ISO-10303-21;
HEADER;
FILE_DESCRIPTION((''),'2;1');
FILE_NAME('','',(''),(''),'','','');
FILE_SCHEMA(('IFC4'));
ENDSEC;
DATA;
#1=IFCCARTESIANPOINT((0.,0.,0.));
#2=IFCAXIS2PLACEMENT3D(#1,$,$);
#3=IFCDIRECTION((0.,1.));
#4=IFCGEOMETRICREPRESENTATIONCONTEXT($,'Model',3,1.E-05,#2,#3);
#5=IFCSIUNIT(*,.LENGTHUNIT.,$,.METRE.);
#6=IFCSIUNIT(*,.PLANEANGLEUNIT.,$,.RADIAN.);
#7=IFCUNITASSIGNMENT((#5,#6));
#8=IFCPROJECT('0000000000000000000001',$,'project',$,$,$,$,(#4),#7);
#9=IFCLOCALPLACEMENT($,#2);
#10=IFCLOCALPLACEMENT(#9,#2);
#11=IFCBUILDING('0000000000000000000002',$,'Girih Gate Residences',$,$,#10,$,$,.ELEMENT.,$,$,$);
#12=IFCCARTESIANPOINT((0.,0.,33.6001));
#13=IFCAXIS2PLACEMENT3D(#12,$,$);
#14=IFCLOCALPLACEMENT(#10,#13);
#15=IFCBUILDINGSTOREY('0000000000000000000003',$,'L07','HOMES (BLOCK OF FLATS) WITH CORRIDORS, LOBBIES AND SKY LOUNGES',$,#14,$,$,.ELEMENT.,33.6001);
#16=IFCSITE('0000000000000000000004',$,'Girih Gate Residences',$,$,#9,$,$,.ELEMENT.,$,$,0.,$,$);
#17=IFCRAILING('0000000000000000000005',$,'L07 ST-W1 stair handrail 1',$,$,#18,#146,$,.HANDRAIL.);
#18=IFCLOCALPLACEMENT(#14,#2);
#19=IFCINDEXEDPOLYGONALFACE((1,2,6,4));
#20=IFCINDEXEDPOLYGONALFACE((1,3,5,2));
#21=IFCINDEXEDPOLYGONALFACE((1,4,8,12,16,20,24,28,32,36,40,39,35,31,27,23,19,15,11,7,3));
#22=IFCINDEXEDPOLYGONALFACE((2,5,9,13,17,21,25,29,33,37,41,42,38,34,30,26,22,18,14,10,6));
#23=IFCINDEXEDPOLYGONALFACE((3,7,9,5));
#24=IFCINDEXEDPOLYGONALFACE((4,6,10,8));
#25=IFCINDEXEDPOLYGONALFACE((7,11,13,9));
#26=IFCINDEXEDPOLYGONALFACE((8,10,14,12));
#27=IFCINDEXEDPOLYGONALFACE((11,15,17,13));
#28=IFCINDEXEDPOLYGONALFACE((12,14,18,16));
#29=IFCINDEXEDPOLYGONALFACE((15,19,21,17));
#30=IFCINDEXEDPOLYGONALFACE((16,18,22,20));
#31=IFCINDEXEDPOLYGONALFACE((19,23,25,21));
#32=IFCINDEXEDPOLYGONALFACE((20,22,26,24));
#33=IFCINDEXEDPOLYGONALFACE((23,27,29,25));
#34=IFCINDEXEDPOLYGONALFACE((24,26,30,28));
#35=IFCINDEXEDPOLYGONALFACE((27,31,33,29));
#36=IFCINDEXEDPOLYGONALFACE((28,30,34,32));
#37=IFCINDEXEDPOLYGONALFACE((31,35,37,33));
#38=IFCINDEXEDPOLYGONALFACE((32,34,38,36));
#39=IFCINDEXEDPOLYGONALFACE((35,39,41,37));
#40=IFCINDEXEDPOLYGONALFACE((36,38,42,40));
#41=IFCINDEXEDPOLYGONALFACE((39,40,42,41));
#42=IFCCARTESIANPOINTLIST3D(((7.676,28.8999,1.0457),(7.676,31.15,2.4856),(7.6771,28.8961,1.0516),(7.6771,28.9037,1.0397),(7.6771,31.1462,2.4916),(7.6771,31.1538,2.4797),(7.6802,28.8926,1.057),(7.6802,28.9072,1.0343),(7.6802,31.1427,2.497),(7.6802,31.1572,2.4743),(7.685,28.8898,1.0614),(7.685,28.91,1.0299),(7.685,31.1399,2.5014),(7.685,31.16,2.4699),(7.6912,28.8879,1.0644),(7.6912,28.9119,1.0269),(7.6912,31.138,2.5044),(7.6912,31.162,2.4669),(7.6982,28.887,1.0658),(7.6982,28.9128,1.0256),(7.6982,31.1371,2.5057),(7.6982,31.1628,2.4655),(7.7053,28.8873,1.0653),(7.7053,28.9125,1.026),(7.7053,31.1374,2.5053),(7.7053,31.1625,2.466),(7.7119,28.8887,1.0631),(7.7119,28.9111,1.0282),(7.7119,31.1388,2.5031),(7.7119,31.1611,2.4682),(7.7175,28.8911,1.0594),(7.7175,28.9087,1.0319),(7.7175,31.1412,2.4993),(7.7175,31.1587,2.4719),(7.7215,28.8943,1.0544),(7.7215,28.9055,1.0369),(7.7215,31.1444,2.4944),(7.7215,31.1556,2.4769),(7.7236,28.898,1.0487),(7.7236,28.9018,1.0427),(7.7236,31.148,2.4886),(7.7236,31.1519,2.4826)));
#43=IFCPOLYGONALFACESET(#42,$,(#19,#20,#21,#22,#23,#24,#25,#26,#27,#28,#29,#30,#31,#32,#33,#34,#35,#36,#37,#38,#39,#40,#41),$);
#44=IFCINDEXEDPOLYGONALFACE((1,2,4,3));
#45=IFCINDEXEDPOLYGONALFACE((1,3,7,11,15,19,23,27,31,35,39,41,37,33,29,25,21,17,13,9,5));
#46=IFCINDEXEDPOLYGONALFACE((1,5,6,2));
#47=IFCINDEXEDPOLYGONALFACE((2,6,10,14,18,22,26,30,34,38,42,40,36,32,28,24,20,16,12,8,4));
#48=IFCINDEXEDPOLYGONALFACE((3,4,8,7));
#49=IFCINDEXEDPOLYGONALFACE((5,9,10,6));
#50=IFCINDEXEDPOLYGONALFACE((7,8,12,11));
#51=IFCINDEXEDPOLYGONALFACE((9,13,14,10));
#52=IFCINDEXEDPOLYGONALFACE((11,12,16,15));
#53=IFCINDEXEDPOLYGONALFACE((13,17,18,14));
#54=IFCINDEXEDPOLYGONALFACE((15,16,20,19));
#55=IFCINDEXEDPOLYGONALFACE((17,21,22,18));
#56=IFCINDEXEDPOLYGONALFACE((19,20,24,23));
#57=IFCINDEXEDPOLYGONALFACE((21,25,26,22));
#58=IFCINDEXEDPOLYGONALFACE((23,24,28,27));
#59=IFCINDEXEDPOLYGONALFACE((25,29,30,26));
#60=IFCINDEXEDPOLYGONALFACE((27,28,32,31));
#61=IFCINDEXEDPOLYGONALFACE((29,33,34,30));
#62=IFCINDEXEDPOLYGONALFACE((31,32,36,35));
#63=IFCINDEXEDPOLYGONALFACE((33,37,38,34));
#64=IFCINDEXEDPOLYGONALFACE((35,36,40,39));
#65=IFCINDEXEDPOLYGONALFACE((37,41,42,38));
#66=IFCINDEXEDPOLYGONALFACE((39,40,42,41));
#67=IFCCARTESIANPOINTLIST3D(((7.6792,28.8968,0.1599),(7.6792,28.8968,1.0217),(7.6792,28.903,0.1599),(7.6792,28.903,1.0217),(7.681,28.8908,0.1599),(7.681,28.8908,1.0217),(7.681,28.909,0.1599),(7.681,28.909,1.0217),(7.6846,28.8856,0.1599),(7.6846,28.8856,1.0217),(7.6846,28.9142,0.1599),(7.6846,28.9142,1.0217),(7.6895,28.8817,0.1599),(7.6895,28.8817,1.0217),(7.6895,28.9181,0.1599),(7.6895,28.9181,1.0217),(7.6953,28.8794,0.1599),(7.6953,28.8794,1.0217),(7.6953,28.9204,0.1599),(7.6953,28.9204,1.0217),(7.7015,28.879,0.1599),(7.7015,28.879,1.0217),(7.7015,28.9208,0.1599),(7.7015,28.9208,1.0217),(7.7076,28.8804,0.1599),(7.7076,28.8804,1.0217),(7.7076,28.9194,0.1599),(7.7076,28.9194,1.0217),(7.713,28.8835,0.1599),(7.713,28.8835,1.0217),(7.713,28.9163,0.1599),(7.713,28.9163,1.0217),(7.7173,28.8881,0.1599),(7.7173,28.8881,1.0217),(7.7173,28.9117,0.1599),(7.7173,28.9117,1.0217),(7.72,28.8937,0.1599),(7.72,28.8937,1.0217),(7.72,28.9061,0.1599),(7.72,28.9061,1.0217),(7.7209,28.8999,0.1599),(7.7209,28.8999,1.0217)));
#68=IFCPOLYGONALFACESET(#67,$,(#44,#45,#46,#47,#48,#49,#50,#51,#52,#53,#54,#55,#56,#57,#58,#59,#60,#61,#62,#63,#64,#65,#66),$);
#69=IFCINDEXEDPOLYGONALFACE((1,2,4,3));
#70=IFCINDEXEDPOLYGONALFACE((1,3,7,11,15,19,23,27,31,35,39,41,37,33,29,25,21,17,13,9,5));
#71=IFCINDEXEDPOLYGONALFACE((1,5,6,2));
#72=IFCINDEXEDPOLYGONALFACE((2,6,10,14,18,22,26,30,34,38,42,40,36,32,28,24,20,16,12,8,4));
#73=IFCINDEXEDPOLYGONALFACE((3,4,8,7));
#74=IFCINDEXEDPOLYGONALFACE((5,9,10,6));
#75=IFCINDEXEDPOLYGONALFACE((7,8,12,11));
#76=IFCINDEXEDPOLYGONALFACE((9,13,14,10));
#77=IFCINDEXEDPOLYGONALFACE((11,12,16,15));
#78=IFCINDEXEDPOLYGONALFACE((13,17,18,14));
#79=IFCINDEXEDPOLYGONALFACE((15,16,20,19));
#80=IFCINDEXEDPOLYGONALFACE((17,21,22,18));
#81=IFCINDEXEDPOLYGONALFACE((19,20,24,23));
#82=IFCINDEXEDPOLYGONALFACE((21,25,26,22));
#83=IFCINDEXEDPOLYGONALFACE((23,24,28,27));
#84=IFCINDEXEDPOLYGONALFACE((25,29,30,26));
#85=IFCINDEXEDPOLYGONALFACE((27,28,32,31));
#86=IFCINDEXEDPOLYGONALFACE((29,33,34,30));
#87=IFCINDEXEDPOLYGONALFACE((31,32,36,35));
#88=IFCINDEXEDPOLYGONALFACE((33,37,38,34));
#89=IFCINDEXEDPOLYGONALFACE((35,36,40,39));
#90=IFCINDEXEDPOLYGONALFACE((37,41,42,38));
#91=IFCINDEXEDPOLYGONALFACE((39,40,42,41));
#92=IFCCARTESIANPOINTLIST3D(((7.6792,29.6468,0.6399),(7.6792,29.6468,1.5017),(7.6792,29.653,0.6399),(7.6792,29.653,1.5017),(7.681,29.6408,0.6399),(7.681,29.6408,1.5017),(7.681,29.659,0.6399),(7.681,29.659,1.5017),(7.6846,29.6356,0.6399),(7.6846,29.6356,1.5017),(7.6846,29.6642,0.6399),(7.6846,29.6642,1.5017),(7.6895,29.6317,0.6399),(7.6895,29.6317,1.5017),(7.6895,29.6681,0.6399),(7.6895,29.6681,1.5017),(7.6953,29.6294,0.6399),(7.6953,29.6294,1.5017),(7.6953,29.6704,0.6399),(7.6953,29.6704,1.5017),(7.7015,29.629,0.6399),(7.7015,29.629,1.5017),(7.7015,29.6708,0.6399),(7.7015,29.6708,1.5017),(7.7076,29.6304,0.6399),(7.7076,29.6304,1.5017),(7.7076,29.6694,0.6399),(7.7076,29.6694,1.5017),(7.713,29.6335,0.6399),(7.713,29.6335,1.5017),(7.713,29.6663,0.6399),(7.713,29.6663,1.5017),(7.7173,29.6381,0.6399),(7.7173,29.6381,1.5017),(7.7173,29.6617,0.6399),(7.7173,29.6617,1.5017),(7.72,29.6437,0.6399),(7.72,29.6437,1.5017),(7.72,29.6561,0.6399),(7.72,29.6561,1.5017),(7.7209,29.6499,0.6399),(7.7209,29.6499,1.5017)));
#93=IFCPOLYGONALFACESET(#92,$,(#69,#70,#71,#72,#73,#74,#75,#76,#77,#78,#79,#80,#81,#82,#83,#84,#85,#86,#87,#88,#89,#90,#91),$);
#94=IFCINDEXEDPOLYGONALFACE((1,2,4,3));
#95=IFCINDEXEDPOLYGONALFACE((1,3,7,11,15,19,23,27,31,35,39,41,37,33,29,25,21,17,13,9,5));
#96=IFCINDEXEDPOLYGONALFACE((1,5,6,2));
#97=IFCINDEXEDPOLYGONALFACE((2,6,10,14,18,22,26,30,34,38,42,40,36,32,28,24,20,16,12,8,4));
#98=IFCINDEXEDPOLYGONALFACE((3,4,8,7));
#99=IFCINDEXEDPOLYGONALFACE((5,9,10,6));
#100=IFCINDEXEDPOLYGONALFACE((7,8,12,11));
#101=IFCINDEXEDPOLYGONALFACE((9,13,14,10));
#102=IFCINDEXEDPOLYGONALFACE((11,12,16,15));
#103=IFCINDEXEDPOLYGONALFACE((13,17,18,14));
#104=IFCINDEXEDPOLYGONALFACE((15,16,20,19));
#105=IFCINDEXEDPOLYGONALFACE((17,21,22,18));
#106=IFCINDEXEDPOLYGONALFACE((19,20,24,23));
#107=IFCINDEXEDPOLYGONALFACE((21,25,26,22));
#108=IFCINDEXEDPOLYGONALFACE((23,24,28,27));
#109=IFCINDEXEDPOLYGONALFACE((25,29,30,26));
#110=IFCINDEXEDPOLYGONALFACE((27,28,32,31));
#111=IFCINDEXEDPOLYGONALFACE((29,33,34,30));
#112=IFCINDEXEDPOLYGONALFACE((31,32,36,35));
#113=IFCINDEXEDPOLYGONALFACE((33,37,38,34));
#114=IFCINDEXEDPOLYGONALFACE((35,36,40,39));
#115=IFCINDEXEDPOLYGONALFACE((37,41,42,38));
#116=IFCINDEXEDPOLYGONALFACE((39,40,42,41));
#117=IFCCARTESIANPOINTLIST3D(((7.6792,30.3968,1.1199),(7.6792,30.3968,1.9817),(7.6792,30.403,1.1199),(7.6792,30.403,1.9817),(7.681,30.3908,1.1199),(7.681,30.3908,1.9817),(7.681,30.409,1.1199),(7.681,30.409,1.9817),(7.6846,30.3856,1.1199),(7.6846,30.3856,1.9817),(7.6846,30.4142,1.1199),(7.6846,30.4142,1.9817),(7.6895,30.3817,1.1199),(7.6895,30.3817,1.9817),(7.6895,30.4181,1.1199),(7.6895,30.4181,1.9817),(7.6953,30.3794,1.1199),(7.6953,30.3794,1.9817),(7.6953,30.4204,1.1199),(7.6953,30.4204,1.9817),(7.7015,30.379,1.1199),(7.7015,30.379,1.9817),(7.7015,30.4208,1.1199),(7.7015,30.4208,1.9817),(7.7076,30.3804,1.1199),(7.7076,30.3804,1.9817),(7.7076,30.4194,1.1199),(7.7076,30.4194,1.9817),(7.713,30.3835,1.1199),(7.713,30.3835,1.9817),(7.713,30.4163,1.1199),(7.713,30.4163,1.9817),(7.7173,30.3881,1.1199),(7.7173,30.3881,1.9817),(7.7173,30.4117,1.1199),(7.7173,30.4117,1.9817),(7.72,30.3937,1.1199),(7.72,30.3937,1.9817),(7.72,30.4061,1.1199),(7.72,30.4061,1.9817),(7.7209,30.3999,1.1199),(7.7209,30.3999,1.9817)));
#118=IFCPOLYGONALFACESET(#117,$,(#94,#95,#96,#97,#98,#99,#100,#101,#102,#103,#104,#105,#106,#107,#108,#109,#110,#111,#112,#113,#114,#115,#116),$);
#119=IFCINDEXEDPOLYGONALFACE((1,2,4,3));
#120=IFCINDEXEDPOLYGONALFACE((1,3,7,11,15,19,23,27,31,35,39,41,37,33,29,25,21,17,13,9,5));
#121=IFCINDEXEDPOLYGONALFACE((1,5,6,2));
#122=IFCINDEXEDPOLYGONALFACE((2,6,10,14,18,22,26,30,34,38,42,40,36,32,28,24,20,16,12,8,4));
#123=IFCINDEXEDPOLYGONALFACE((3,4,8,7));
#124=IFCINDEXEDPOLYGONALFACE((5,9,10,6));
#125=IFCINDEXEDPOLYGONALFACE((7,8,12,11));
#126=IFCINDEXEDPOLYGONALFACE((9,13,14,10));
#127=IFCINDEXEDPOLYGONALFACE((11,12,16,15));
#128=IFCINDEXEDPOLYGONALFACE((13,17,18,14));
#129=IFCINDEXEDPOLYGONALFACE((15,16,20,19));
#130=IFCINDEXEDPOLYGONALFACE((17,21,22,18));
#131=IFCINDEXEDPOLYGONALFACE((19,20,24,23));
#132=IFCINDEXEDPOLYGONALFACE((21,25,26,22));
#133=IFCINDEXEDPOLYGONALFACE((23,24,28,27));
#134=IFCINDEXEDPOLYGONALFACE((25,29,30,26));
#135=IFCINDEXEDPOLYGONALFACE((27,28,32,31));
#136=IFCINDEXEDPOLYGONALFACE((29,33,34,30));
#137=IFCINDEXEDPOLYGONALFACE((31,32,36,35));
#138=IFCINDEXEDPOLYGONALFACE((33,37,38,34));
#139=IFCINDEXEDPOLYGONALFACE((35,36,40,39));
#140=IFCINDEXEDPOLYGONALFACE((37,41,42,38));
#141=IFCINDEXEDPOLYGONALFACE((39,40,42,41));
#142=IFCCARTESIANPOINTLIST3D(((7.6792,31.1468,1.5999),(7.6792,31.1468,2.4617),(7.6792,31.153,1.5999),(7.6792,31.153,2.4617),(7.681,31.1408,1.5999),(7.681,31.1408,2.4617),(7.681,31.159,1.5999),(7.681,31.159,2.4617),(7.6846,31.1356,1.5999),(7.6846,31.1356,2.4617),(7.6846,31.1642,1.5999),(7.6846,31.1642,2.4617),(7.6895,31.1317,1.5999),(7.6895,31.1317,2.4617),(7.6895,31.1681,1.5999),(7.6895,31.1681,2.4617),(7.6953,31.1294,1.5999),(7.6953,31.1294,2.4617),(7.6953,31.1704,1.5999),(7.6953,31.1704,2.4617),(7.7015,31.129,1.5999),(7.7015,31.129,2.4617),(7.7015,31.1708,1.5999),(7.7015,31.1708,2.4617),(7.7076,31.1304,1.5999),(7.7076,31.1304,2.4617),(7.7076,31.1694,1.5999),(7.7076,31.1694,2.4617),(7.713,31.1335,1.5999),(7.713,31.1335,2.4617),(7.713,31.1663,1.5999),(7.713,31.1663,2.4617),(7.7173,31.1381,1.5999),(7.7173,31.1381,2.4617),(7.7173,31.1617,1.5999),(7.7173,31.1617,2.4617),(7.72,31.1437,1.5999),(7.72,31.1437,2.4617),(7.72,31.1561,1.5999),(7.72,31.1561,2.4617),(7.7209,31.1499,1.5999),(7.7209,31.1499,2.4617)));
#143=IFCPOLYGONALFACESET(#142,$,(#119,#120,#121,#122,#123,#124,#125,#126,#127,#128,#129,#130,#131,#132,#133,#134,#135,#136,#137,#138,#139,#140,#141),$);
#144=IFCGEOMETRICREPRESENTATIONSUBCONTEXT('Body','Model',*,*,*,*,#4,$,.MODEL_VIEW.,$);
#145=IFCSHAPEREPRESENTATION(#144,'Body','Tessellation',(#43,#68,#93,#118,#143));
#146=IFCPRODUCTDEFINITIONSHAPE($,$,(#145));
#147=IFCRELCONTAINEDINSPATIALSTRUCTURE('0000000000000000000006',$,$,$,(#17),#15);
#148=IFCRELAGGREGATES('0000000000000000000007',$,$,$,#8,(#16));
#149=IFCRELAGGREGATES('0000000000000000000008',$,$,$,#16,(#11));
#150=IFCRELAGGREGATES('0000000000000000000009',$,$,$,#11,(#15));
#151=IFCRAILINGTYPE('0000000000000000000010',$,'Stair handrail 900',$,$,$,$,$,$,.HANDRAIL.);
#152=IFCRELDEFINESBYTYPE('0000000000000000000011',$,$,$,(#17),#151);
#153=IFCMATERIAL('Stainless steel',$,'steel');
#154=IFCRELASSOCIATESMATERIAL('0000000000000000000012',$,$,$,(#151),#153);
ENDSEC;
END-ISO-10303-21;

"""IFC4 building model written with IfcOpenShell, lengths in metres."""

from ifc_helpers import new_model, si_unit, direction, frame, origin, origin_2d, place, context, subcontext, project, spatial, circle, extrude, material, type_object, element, save


model = new_model("IFC4")

# Units and contexts
model_context = context("Model", 3, precision=1e-05, world=origin(), true_north=direction((0.0, 1.0)))
body_context = subcontext(model_context, "Body", "Model", "MODEL_VIEW")
ifc_project = project(units=[si_unit("LENGTHUNIT", "METRE"), si_unit("PLANEANGLEUNIT", "RADIAN")], contexts=[model_context])

# Site, building, storey
site_placement = place(None, origin())
site = spatial("IfcSite", under=ifc_project, at=site_placement, Name="Girih Gate Residences", CompositionType="ELEMENT", RefElevation=0.0)
building_placement = place(site_placement, origin())
building = spatial("IfcBuilding", under=site, at=building_placement, Name="Girih Gate Residences", CompositionType="ELEMENT")
storey_placement = place(building_placement, frame((0.0, 0.0, 33.6001)))
storey = spatial("IfcBuildingStorey", under=building, at=storey_placement, Name="L07", Description="HOMES (BLOCK OF FLATS) WITH CORRIDORS, LOBBIES AND SKY LOUNGES", CompositionType="ELEMENT", Elevation=33.6001)

# Railing
ifc_material_1 = material(Name="Stainless steel", Category="steel")
railing_type_1 = type_object("IfcRailingType", Name="Stair handrail 900", PredefinedType="HANDRAIL", material=ifc_material_1)
railing_1_placement = place(storey_placement, frame((7.7, 28.8999, 0.1599)))
element("IfcRailing", 1, at=railing_1_placement, inside=storey, type_object=railing_type_1, Name="L07 ST-W1 stair handrail 1", PredefinedType="HANDRAIL", context=body_context, shape_type="SweptSolid", body=[
    extrude(circle(Radius=0.0239, at=origin_2d()), frame((0.0, 0.0, 0.8857), z_axis=(0.0, 0.842281, 0.539038), x_axis=(-1.0, 0.0, 0.0)), (0.0, 0.0, 1.0), 2.6714),
    extrude(circle(Radius=0.021, at=origin_2d()), origin(), (0.0, 0.0, 1.0), 0.8618),
    extrude(circle(Radius=0.021, at=origin_2d()), frame((0.0, 0.75, 0.48)), (0.0, 0.0, 1.0), 0.8618),
    extrude(circle(Radius=0.021, at=origin_2d()), frame((0.0, 1.5, 0.96)), (0.0, 0.0, 1.0), 0.8618),
    extrude(circle(Radius=0.021, at=origin_2d()), frame((0.0, 2.25, 1.4399)), (0.0, 0.0, 1.0), 0.8618),
])

save(model, "model.ifc")
